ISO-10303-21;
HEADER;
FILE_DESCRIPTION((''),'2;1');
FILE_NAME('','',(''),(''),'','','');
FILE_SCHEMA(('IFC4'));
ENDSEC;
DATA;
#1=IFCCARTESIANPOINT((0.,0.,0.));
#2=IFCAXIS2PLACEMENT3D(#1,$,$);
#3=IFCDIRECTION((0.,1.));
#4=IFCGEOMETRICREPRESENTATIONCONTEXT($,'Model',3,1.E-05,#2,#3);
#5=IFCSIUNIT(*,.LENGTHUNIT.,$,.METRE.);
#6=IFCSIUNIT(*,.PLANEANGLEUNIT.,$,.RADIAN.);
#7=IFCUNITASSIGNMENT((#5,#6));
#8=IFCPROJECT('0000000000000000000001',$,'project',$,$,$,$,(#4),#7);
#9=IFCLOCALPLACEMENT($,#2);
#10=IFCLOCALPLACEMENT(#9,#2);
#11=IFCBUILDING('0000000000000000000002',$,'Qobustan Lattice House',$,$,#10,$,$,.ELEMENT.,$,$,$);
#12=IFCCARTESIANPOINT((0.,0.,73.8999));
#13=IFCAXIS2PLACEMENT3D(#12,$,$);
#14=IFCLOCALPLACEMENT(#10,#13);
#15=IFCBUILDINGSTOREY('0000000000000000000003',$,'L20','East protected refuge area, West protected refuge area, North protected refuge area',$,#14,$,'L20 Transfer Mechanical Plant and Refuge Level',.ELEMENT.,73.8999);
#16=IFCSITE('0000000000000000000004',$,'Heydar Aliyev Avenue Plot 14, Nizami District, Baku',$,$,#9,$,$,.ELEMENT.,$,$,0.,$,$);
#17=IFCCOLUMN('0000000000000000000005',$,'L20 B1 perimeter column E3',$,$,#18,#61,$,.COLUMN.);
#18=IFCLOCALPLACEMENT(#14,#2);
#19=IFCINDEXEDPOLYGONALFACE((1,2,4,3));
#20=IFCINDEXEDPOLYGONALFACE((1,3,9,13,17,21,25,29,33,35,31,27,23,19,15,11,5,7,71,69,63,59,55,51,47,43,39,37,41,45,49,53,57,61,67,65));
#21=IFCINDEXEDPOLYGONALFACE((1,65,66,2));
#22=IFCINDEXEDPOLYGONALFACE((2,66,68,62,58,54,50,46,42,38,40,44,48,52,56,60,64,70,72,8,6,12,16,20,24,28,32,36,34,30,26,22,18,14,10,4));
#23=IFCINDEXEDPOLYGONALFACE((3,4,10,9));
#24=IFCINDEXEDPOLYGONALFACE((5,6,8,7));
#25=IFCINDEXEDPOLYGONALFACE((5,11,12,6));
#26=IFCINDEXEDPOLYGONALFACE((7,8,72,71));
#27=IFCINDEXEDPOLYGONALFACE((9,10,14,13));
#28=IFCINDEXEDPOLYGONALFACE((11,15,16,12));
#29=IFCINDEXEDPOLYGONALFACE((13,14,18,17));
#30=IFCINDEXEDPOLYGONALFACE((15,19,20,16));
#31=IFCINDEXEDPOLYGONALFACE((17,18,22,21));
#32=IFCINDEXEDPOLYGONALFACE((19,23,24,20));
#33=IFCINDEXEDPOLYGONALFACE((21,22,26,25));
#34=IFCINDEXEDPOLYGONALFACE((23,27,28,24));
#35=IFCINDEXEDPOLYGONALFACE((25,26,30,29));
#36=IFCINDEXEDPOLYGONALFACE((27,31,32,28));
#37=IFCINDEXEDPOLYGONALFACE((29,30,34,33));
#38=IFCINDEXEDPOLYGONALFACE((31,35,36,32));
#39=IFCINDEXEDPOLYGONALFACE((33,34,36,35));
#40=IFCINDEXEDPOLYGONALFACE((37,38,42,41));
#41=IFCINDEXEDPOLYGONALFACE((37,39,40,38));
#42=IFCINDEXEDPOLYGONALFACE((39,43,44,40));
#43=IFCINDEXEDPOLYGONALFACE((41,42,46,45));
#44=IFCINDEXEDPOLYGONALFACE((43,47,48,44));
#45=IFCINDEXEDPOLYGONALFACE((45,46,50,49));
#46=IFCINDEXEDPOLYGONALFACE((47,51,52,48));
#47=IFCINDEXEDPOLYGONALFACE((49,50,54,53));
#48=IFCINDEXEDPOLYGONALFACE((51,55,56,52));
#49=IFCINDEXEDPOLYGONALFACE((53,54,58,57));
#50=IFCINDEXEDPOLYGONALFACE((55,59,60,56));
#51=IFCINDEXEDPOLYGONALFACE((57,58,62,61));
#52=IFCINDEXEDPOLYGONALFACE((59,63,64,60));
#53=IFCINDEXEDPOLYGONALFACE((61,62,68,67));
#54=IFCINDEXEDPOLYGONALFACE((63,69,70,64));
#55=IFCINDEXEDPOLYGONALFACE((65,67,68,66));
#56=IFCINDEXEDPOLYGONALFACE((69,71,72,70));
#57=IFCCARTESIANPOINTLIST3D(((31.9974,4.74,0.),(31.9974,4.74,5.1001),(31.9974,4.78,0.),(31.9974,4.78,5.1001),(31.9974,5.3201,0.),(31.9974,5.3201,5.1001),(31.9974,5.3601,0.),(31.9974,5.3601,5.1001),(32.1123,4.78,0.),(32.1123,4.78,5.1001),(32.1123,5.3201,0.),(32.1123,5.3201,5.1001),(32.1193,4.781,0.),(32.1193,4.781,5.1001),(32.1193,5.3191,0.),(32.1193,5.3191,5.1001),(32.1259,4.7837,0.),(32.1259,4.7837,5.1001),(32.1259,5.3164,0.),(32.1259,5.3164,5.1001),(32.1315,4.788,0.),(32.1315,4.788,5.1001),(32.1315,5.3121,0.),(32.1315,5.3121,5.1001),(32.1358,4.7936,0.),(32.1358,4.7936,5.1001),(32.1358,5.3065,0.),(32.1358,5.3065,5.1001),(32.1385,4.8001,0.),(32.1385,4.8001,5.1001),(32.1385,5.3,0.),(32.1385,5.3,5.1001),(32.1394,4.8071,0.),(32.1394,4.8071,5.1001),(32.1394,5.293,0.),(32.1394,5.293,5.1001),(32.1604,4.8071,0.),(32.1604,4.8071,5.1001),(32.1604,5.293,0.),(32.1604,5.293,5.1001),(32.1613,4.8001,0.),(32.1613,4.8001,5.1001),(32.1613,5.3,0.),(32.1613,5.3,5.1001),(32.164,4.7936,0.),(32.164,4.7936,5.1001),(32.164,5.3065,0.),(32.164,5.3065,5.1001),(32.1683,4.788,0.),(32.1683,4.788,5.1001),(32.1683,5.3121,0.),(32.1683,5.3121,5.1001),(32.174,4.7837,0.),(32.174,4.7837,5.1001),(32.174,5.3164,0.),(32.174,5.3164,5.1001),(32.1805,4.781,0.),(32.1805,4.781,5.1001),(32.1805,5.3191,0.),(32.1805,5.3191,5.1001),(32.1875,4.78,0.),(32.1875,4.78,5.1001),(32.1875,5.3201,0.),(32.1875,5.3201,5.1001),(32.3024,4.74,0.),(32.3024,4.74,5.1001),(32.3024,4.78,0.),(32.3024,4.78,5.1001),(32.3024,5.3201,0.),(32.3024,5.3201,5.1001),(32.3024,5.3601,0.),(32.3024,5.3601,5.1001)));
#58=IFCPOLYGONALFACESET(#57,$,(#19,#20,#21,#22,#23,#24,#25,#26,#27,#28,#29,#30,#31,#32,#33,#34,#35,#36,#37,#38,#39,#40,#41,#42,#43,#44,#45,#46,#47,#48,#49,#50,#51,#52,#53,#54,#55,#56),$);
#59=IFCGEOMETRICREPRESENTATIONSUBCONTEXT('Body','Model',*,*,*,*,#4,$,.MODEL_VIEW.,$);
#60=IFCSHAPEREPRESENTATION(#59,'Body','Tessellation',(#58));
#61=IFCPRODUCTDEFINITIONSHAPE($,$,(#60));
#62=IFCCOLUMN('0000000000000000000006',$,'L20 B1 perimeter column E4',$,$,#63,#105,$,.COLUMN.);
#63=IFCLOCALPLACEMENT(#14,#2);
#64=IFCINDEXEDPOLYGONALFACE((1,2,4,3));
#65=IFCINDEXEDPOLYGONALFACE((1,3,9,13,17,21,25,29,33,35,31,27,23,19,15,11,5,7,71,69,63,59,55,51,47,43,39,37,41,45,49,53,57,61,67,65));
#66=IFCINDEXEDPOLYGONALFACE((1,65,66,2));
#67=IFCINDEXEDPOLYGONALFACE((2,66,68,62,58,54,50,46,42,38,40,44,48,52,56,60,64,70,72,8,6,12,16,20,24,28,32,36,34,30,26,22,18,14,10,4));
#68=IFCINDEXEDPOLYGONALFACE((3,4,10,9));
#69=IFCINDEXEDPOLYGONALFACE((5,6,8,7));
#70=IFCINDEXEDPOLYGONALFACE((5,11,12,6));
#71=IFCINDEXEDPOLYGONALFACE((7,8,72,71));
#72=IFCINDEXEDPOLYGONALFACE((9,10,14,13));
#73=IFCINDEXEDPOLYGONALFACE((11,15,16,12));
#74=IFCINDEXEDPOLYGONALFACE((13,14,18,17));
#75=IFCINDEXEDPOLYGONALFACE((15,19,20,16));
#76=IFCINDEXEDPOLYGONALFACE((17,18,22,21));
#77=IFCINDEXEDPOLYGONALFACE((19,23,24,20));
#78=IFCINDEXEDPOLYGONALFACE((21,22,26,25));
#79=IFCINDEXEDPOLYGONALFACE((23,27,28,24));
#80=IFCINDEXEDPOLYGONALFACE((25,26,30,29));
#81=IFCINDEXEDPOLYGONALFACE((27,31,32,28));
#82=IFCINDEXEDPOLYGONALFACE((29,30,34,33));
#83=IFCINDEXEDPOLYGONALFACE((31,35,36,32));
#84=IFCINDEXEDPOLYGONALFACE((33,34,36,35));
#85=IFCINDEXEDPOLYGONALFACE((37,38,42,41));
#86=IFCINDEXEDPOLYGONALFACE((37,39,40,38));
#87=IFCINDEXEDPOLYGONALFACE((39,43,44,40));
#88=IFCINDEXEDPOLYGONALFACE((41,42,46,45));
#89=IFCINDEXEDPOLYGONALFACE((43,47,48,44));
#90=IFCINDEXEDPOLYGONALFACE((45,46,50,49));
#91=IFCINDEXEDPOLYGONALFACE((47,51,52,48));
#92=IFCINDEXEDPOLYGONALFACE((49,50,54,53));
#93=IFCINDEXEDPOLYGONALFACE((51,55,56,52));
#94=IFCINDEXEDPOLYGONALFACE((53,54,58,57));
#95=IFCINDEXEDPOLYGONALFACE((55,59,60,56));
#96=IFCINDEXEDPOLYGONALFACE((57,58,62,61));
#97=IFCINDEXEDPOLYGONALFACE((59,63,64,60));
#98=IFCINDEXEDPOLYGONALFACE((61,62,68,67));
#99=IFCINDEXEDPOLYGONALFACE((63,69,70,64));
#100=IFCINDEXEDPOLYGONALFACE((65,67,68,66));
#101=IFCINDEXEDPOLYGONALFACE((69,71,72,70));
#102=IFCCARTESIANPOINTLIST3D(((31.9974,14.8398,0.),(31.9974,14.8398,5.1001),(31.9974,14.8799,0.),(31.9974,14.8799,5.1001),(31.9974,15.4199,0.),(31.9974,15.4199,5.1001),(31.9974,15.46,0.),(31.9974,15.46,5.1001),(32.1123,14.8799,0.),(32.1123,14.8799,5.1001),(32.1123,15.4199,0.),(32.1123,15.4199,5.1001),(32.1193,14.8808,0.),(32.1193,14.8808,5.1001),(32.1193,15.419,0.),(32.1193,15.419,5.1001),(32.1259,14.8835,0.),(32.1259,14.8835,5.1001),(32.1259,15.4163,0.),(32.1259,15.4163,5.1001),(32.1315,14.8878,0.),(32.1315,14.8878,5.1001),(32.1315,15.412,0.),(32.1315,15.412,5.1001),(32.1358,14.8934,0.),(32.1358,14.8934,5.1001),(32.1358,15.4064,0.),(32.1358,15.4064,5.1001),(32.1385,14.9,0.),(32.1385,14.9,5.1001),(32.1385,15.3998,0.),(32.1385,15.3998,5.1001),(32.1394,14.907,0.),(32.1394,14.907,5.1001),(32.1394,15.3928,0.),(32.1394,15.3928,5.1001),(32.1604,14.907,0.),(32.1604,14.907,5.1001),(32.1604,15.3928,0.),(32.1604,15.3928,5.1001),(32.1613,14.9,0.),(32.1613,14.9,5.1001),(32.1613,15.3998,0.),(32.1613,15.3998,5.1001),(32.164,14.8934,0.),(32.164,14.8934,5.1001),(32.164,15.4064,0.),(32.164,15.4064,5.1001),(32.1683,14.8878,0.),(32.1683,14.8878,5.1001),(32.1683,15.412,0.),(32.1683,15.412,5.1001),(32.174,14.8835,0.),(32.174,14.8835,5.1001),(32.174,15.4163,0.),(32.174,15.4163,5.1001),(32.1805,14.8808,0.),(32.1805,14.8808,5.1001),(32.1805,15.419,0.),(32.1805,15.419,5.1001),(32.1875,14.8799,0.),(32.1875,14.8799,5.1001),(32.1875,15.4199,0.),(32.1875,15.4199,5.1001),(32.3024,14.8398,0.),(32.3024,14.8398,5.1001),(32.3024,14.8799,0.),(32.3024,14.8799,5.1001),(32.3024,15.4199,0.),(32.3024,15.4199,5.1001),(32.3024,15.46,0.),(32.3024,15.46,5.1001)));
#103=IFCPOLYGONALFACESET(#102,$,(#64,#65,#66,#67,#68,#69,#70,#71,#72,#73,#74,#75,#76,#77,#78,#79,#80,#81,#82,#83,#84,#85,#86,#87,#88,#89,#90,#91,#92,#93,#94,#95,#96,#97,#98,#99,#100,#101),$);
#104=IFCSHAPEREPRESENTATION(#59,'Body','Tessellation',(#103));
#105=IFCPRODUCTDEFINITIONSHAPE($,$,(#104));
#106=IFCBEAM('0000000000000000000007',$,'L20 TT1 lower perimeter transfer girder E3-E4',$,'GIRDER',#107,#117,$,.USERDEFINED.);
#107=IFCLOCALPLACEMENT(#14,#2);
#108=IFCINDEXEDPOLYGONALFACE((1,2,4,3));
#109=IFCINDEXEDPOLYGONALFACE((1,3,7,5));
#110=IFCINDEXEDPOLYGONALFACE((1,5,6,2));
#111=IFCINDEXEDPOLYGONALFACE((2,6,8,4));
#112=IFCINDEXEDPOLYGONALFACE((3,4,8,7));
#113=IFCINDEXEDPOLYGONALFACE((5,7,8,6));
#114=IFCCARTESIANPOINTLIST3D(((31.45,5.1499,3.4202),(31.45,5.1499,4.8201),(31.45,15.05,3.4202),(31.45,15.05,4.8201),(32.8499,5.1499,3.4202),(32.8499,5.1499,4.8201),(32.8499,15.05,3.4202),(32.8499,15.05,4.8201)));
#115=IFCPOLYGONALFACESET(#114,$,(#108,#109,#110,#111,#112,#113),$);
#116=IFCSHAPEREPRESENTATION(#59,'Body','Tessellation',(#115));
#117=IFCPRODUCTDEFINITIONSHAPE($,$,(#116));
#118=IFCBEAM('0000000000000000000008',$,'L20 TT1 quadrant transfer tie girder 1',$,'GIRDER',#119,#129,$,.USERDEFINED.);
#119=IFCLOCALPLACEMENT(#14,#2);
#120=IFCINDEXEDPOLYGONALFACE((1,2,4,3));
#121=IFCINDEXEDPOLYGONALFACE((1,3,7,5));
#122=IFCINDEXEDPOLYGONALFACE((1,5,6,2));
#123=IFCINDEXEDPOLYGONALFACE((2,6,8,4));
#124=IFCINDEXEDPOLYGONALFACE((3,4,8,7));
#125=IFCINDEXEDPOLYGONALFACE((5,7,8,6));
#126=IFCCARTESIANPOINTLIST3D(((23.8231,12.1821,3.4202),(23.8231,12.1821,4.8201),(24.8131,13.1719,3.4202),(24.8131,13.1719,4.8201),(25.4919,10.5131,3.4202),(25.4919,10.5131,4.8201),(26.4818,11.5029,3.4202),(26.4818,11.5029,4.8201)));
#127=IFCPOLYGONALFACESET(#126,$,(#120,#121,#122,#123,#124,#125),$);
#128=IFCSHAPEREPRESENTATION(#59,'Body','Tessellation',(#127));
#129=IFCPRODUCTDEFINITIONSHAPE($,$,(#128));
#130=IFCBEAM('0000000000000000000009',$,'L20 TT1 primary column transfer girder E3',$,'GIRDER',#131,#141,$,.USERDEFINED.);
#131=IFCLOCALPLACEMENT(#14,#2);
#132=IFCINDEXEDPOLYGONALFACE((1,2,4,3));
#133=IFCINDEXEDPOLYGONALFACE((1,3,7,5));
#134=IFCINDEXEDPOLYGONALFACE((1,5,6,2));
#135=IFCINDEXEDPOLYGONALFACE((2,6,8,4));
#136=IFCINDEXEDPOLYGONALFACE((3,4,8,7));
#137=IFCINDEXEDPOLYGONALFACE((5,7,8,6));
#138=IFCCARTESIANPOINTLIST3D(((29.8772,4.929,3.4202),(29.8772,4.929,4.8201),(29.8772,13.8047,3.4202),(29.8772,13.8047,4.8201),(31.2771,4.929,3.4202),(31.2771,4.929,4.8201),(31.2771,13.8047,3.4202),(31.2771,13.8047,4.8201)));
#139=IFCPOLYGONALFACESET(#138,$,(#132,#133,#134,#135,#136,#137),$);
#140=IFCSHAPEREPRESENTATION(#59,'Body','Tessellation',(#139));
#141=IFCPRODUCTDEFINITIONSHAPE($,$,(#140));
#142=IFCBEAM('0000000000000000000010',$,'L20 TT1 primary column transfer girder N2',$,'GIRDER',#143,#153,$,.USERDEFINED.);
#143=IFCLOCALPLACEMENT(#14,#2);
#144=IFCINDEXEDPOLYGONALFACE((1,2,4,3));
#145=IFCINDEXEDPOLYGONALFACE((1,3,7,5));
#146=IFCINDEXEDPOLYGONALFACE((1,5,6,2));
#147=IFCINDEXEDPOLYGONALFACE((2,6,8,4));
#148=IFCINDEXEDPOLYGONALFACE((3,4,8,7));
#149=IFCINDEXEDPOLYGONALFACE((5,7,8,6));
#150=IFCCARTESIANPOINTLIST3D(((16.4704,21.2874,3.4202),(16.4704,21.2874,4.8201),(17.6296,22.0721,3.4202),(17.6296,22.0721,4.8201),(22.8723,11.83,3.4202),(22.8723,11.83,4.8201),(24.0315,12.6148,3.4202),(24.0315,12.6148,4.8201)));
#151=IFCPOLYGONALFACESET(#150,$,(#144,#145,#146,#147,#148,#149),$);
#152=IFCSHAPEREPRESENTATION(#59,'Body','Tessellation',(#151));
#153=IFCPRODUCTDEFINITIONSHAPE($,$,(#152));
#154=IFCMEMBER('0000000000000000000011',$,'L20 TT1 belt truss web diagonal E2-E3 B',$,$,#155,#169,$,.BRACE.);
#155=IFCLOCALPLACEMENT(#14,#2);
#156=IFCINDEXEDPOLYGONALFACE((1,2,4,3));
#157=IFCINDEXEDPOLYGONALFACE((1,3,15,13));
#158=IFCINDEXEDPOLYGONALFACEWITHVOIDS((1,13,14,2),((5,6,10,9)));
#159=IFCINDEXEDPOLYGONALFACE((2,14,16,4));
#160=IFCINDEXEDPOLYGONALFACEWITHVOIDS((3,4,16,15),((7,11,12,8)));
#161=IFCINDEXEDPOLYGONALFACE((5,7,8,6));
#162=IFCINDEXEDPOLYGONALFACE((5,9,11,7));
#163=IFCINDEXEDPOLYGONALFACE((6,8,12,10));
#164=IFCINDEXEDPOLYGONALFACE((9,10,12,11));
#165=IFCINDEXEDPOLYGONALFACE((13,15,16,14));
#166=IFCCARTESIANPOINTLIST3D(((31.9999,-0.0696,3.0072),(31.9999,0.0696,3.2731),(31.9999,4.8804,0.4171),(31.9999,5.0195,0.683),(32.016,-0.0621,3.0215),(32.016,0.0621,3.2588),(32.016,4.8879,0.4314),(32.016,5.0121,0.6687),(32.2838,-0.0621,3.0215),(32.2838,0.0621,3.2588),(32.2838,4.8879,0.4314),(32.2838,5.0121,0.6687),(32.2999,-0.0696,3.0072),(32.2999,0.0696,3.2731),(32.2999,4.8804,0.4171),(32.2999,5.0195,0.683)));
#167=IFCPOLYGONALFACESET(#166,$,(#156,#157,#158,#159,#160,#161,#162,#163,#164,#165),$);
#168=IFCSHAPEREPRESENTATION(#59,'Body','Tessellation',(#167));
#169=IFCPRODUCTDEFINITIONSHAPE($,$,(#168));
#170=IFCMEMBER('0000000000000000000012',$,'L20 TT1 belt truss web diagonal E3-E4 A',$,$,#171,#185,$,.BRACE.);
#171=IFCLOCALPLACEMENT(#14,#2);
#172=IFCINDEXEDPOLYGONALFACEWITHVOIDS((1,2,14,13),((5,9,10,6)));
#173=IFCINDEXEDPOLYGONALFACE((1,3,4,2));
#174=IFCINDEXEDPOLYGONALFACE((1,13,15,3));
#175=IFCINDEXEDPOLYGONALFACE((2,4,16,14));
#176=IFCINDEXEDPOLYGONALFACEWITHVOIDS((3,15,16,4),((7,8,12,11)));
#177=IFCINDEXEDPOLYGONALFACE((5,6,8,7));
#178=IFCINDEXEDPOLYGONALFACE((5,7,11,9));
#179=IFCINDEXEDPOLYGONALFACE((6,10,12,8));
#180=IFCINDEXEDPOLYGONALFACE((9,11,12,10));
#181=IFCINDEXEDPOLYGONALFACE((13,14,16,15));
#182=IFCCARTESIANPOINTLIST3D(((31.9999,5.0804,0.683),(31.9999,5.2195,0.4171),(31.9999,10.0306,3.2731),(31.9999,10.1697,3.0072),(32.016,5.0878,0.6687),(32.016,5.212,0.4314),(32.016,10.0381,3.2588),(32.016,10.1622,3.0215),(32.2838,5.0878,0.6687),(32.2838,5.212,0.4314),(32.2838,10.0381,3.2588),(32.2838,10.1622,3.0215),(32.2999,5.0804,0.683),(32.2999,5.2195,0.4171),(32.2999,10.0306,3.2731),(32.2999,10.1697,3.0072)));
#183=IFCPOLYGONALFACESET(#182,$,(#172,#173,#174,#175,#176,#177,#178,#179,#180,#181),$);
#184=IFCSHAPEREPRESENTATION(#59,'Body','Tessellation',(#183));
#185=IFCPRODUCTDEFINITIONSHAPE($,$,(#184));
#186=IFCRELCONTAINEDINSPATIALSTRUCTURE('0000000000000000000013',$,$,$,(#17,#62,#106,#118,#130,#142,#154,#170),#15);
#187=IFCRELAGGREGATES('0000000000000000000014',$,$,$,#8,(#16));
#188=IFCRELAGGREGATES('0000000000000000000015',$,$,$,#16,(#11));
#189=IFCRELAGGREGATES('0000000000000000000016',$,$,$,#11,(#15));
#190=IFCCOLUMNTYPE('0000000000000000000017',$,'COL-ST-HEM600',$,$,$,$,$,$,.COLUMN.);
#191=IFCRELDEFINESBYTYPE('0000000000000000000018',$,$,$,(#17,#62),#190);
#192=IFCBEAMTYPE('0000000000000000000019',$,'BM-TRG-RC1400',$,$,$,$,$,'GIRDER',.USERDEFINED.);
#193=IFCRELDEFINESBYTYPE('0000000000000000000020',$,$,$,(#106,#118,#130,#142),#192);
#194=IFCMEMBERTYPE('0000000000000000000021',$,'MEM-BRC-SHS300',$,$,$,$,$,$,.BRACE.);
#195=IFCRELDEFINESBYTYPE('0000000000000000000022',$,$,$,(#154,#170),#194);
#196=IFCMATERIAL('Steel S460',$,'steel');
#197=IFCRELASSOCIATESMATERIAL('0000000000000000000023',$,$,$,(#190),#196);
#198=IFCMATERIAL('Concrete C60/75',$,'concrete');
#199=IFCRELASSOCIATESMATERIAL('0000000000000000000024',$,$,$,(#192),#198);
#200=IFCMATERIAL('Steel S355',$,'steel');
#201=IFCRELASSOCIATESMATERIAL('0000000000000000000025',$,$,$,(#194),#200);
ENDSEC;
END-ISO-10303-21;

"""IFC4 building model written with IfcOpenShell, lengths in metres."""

from ifc_helpers import new_model, si_unit, direction, frame, origin, origin_2d, place, context, subcontext, project, spatial, rectangle, hollow_rectangle, i_section, extrude, material, material_profile, profile_set, type_object, element, save


model = new_model("IFC4")

# Units and contexts
model_context = context("Model", 3, precision=1e-05, world=origin(), true_north=direction((0.0, 1.0)))
body_context = subcontext(model_context, "Body", "Model", "MODEL_VIEW")
ifc_project = project(units=[si_unit("LENGTHUNIT", "METRE"), si_unit("PLANEANGLEUNIT", "RADIAN")], contexts=[model_context])

# Site, building, storey
site_placement = place(None, origin())
site = spatial("IfcSite", under=ifc_project, at=site_placement, Name="Heydar Aliyev Avenue Plot 14, Nizami District, Baku", CompositionType="ELEMENT", RefElevation=0.0)
building_placement = place(site_placement, origin())
building = spatial("IfcBuilding", under=site, at=building_placement, Name="Qobustan Lattice House", CompositionType="ELEMENT")
storey_placement = place(building_placement, frame((0.0, 0.0, 73.8999)))
storey = spatial("IfcBuildingStorey", under=building, at=storey_placement, Name="L20", Description="East protected refuge area, West protected refuge area, North protected refuge area", LongName="L20 Transfer Mechanical Plant and Refuge Level", CompositionType="ELEMENT", Elevation=73.8999)

# Columns
ifc_material_1 = material(Name="Steel S460", Category="steel")
ifc_material_profile_1 = material_profile(ifc_material_1, i_section(OverallWidth=0.3049, OverallDepth=0.6201, WebThickness=0.021, FlangeThickness=0.04, FilletRadius=0.0271, at=origin_2d()), Name="HEM600")
ifc_profile_set_1 = profile_set([ifc_material_profile_1], Name="Steel S460")
column_type = type_object("IfcColumnType", Name="COL-ST-HEM600", PredefinedType="COLUMN", material=ifc_profile_set_1)
for number, where, z_axis, x_axis, name in (
    (1, (32.1499, 5.05, 0.0), (0.0, 0.0, 1.0), (1.0, 0.0, 0.0), "L20 B1 perimeter column E3"),
    (2, (32.1499, 15.1499, 0.0), (0.0, 0.0, 1.0), (1.0, 0.0, 0.0), "L20 B1 perimeter column E4"),
):
    element("IfcColumn", number, at=place(storey_placement, frame(where, z_axis=z_axis, x_axis=x_axis)), inside=storey, type_object=column_type, Name=name, PredefinedType="COLUMN", context=body_context, shape_type="SweptSolid", body=[
        extrude(i_section(OverallWidth=0.3049, OverallDepth=0.6201, WebThickness=0.021, FlangeThickness=0.04, FilletRadius=0.0271, at=origin_2d()), origin(), (0.0, 0.0, 1.0), 5.1001),
    ])

# Beams
ifc_material_2 = material(Name="Concrete C60/75", Category="concrete")
ifc_material_profile_2 = material_profile(ifc_material_2, rectangle(XDim=1.3999, YDim=1.3999, at=origin_2d()), Name="RC1400x1400")
ifc_profile_set_2 = profile_set([ifc_material_profile_2], Name="Concrete C60/75")
beam_type = type_object("IfcBeamType", Name="BM-TRG-RC1400", ElementType="GIRDER", PredefinedType="USERDEFINED", material=ifc_profile_set_2)
beam_1_placement = place(storey_placement, frame((32.1499, 5.1499, 4.1201), z_axis=(0.0, 1.0, 0.0), x_axis=(-1.0, 0.0, 0.0)))
element("IfcBeam", 3, at=beam_1_placement, inside=storey, type_object=beam_type, Name="L20 TT1 lower perimeter transfer girder E3-E4", ObjectType="GIRDER", PredefinedType="USERDEFINED", context=body_context, shape_type="SweptSolid", body=[
    extrude(rectangle(XDim=1.3999, YDim=1.3999, at=origin_2d()), origin(), (0.0, 0.0, 1.0), 9.9001),
])
beam_2_placement = place(storey_placement, frame((24.3181, 12.677, 4.1201), z_axis=(0.707055, -0.707159, 0.0), x_axis=(0.707159, 0.707055, 0.0)))
element("IfcBeam", 4, at=beam_2_placement, inside=storey, type_object=beam_type, Name="L20 TT1 quadrant transfer tie girder 1", ObjectType="GIRDER", PredefinedType="USERDEFINED", context=body_context, shape_type="SweptSolid", body=[
    extrude(rectangle(XDim=1.3999, YDim=1.3999, at=origin_2d()), origin(), (0.0, 0.0, 1.0), 2.3601),
])
beam_3_placement = place(storey_placement, frame((30.5771, 4.929, 4.1201), z_axis=(0.0, 1.0, 0.0), x_axis=(-1.0, 0.0, 0.0)))
element("IfcBeam", 5, at=beam_3_placement, inside=storey, type_object=beam_type, Name="L20 TT1 primary column transfer girder E3", ObjectType="GIRDER", PredefinedType="USERDEFINED", context=body_context, shape_type="SweptSolid", body=[
    extrude(rectangle(XDim=1.3999, YDim=1.3999, at=origin_2d()), origin(), (0.0, 0.0, 1.0), 8.8757),
])
beam_4_placement = place(storey_placement, frame((23.4519, 12.2224, 4.1201), z_axis=(-0.560567, 0.828109, 0.0), x_axis=(-0.828109, -0.560567, 0.0)))
element("IfcBeam", 6, at=beam_4_placement, inside=storey, type_object=beam_type, Name="L20 TT1 primary column transfer girder N2", ObjectType="GIRDER", PredefinedType="USERDEFINED", context=body_context, shape_type="SweptSolid", body=[
    extrude(rectangle(XDim=1.3999, YDim=1.3999, at=origin_2d()), origin(), (0.0, 0.0, 1.0), 11.4204),
])

# Members
ifc_material_3 = material(Name="Steel S355", Category="steel")
ifc_material_profile_3 = material_profile(ifc_material_3, hollow_rectangle(XDim=0.3, YDim=0.3, WallThickness=0.0161, at=origin_2d()), Name="SHS300x300x16")
ifc_profile_set_3 = profile_set([ifc_material_profile_3], Name="Steel S355")
member_type_1 = type_object("IfcMemberType", Name="MEM-BRC-SHS300", PredefinedType="BRACE", material=ifc_profile_set_3)
member_1_placement = place(storey_placement, frame((32.1499, 0.0, 3.1401), z_axis=(0.0, 0.886033, -0.463622), x_axis=(-1.0, 0.0, 0.0)))
element("IfcMember", 7, at=member_1_placement, inside=storey, type_object=member_type_1, Name="L20 TT1 belt truss web diagonal E2-E3 B", PredefinedType="BRACE", context=body_context, shape_type="SweptSolid", body=[
    extrude(hollow_rectangle(XDim=0.3, YDim=0.3, WallThickness=0.0161, at=origin_2d()), origin(), (0.0, 0.0, 1.0), 5.5867),
])
member_2_placement = place(storey_placement, frame((32.1499, 5.1499, 0.55), z_axis=(0.0, 0.886043, 0.463604), x_axis=(-1.0, 0.0, 0.0)))
element("IfcMember", 8, at=member_2_placement, inside=storey, type_object=member_type_1, Name="L20 TT1 belt truss web diagonal E3-E4 A", PredefinedType="BRACE", context=body_context, shape_type="SweptSolid", body=[
    extrude(hollow_rectangle(XDim=0.3, YDim=0.3, WallThickness=0.0161, at=origin_2d()), origin(), (0.0, 0.0, 1.0), 5.5869),
])

save(model, "model.ifc")
